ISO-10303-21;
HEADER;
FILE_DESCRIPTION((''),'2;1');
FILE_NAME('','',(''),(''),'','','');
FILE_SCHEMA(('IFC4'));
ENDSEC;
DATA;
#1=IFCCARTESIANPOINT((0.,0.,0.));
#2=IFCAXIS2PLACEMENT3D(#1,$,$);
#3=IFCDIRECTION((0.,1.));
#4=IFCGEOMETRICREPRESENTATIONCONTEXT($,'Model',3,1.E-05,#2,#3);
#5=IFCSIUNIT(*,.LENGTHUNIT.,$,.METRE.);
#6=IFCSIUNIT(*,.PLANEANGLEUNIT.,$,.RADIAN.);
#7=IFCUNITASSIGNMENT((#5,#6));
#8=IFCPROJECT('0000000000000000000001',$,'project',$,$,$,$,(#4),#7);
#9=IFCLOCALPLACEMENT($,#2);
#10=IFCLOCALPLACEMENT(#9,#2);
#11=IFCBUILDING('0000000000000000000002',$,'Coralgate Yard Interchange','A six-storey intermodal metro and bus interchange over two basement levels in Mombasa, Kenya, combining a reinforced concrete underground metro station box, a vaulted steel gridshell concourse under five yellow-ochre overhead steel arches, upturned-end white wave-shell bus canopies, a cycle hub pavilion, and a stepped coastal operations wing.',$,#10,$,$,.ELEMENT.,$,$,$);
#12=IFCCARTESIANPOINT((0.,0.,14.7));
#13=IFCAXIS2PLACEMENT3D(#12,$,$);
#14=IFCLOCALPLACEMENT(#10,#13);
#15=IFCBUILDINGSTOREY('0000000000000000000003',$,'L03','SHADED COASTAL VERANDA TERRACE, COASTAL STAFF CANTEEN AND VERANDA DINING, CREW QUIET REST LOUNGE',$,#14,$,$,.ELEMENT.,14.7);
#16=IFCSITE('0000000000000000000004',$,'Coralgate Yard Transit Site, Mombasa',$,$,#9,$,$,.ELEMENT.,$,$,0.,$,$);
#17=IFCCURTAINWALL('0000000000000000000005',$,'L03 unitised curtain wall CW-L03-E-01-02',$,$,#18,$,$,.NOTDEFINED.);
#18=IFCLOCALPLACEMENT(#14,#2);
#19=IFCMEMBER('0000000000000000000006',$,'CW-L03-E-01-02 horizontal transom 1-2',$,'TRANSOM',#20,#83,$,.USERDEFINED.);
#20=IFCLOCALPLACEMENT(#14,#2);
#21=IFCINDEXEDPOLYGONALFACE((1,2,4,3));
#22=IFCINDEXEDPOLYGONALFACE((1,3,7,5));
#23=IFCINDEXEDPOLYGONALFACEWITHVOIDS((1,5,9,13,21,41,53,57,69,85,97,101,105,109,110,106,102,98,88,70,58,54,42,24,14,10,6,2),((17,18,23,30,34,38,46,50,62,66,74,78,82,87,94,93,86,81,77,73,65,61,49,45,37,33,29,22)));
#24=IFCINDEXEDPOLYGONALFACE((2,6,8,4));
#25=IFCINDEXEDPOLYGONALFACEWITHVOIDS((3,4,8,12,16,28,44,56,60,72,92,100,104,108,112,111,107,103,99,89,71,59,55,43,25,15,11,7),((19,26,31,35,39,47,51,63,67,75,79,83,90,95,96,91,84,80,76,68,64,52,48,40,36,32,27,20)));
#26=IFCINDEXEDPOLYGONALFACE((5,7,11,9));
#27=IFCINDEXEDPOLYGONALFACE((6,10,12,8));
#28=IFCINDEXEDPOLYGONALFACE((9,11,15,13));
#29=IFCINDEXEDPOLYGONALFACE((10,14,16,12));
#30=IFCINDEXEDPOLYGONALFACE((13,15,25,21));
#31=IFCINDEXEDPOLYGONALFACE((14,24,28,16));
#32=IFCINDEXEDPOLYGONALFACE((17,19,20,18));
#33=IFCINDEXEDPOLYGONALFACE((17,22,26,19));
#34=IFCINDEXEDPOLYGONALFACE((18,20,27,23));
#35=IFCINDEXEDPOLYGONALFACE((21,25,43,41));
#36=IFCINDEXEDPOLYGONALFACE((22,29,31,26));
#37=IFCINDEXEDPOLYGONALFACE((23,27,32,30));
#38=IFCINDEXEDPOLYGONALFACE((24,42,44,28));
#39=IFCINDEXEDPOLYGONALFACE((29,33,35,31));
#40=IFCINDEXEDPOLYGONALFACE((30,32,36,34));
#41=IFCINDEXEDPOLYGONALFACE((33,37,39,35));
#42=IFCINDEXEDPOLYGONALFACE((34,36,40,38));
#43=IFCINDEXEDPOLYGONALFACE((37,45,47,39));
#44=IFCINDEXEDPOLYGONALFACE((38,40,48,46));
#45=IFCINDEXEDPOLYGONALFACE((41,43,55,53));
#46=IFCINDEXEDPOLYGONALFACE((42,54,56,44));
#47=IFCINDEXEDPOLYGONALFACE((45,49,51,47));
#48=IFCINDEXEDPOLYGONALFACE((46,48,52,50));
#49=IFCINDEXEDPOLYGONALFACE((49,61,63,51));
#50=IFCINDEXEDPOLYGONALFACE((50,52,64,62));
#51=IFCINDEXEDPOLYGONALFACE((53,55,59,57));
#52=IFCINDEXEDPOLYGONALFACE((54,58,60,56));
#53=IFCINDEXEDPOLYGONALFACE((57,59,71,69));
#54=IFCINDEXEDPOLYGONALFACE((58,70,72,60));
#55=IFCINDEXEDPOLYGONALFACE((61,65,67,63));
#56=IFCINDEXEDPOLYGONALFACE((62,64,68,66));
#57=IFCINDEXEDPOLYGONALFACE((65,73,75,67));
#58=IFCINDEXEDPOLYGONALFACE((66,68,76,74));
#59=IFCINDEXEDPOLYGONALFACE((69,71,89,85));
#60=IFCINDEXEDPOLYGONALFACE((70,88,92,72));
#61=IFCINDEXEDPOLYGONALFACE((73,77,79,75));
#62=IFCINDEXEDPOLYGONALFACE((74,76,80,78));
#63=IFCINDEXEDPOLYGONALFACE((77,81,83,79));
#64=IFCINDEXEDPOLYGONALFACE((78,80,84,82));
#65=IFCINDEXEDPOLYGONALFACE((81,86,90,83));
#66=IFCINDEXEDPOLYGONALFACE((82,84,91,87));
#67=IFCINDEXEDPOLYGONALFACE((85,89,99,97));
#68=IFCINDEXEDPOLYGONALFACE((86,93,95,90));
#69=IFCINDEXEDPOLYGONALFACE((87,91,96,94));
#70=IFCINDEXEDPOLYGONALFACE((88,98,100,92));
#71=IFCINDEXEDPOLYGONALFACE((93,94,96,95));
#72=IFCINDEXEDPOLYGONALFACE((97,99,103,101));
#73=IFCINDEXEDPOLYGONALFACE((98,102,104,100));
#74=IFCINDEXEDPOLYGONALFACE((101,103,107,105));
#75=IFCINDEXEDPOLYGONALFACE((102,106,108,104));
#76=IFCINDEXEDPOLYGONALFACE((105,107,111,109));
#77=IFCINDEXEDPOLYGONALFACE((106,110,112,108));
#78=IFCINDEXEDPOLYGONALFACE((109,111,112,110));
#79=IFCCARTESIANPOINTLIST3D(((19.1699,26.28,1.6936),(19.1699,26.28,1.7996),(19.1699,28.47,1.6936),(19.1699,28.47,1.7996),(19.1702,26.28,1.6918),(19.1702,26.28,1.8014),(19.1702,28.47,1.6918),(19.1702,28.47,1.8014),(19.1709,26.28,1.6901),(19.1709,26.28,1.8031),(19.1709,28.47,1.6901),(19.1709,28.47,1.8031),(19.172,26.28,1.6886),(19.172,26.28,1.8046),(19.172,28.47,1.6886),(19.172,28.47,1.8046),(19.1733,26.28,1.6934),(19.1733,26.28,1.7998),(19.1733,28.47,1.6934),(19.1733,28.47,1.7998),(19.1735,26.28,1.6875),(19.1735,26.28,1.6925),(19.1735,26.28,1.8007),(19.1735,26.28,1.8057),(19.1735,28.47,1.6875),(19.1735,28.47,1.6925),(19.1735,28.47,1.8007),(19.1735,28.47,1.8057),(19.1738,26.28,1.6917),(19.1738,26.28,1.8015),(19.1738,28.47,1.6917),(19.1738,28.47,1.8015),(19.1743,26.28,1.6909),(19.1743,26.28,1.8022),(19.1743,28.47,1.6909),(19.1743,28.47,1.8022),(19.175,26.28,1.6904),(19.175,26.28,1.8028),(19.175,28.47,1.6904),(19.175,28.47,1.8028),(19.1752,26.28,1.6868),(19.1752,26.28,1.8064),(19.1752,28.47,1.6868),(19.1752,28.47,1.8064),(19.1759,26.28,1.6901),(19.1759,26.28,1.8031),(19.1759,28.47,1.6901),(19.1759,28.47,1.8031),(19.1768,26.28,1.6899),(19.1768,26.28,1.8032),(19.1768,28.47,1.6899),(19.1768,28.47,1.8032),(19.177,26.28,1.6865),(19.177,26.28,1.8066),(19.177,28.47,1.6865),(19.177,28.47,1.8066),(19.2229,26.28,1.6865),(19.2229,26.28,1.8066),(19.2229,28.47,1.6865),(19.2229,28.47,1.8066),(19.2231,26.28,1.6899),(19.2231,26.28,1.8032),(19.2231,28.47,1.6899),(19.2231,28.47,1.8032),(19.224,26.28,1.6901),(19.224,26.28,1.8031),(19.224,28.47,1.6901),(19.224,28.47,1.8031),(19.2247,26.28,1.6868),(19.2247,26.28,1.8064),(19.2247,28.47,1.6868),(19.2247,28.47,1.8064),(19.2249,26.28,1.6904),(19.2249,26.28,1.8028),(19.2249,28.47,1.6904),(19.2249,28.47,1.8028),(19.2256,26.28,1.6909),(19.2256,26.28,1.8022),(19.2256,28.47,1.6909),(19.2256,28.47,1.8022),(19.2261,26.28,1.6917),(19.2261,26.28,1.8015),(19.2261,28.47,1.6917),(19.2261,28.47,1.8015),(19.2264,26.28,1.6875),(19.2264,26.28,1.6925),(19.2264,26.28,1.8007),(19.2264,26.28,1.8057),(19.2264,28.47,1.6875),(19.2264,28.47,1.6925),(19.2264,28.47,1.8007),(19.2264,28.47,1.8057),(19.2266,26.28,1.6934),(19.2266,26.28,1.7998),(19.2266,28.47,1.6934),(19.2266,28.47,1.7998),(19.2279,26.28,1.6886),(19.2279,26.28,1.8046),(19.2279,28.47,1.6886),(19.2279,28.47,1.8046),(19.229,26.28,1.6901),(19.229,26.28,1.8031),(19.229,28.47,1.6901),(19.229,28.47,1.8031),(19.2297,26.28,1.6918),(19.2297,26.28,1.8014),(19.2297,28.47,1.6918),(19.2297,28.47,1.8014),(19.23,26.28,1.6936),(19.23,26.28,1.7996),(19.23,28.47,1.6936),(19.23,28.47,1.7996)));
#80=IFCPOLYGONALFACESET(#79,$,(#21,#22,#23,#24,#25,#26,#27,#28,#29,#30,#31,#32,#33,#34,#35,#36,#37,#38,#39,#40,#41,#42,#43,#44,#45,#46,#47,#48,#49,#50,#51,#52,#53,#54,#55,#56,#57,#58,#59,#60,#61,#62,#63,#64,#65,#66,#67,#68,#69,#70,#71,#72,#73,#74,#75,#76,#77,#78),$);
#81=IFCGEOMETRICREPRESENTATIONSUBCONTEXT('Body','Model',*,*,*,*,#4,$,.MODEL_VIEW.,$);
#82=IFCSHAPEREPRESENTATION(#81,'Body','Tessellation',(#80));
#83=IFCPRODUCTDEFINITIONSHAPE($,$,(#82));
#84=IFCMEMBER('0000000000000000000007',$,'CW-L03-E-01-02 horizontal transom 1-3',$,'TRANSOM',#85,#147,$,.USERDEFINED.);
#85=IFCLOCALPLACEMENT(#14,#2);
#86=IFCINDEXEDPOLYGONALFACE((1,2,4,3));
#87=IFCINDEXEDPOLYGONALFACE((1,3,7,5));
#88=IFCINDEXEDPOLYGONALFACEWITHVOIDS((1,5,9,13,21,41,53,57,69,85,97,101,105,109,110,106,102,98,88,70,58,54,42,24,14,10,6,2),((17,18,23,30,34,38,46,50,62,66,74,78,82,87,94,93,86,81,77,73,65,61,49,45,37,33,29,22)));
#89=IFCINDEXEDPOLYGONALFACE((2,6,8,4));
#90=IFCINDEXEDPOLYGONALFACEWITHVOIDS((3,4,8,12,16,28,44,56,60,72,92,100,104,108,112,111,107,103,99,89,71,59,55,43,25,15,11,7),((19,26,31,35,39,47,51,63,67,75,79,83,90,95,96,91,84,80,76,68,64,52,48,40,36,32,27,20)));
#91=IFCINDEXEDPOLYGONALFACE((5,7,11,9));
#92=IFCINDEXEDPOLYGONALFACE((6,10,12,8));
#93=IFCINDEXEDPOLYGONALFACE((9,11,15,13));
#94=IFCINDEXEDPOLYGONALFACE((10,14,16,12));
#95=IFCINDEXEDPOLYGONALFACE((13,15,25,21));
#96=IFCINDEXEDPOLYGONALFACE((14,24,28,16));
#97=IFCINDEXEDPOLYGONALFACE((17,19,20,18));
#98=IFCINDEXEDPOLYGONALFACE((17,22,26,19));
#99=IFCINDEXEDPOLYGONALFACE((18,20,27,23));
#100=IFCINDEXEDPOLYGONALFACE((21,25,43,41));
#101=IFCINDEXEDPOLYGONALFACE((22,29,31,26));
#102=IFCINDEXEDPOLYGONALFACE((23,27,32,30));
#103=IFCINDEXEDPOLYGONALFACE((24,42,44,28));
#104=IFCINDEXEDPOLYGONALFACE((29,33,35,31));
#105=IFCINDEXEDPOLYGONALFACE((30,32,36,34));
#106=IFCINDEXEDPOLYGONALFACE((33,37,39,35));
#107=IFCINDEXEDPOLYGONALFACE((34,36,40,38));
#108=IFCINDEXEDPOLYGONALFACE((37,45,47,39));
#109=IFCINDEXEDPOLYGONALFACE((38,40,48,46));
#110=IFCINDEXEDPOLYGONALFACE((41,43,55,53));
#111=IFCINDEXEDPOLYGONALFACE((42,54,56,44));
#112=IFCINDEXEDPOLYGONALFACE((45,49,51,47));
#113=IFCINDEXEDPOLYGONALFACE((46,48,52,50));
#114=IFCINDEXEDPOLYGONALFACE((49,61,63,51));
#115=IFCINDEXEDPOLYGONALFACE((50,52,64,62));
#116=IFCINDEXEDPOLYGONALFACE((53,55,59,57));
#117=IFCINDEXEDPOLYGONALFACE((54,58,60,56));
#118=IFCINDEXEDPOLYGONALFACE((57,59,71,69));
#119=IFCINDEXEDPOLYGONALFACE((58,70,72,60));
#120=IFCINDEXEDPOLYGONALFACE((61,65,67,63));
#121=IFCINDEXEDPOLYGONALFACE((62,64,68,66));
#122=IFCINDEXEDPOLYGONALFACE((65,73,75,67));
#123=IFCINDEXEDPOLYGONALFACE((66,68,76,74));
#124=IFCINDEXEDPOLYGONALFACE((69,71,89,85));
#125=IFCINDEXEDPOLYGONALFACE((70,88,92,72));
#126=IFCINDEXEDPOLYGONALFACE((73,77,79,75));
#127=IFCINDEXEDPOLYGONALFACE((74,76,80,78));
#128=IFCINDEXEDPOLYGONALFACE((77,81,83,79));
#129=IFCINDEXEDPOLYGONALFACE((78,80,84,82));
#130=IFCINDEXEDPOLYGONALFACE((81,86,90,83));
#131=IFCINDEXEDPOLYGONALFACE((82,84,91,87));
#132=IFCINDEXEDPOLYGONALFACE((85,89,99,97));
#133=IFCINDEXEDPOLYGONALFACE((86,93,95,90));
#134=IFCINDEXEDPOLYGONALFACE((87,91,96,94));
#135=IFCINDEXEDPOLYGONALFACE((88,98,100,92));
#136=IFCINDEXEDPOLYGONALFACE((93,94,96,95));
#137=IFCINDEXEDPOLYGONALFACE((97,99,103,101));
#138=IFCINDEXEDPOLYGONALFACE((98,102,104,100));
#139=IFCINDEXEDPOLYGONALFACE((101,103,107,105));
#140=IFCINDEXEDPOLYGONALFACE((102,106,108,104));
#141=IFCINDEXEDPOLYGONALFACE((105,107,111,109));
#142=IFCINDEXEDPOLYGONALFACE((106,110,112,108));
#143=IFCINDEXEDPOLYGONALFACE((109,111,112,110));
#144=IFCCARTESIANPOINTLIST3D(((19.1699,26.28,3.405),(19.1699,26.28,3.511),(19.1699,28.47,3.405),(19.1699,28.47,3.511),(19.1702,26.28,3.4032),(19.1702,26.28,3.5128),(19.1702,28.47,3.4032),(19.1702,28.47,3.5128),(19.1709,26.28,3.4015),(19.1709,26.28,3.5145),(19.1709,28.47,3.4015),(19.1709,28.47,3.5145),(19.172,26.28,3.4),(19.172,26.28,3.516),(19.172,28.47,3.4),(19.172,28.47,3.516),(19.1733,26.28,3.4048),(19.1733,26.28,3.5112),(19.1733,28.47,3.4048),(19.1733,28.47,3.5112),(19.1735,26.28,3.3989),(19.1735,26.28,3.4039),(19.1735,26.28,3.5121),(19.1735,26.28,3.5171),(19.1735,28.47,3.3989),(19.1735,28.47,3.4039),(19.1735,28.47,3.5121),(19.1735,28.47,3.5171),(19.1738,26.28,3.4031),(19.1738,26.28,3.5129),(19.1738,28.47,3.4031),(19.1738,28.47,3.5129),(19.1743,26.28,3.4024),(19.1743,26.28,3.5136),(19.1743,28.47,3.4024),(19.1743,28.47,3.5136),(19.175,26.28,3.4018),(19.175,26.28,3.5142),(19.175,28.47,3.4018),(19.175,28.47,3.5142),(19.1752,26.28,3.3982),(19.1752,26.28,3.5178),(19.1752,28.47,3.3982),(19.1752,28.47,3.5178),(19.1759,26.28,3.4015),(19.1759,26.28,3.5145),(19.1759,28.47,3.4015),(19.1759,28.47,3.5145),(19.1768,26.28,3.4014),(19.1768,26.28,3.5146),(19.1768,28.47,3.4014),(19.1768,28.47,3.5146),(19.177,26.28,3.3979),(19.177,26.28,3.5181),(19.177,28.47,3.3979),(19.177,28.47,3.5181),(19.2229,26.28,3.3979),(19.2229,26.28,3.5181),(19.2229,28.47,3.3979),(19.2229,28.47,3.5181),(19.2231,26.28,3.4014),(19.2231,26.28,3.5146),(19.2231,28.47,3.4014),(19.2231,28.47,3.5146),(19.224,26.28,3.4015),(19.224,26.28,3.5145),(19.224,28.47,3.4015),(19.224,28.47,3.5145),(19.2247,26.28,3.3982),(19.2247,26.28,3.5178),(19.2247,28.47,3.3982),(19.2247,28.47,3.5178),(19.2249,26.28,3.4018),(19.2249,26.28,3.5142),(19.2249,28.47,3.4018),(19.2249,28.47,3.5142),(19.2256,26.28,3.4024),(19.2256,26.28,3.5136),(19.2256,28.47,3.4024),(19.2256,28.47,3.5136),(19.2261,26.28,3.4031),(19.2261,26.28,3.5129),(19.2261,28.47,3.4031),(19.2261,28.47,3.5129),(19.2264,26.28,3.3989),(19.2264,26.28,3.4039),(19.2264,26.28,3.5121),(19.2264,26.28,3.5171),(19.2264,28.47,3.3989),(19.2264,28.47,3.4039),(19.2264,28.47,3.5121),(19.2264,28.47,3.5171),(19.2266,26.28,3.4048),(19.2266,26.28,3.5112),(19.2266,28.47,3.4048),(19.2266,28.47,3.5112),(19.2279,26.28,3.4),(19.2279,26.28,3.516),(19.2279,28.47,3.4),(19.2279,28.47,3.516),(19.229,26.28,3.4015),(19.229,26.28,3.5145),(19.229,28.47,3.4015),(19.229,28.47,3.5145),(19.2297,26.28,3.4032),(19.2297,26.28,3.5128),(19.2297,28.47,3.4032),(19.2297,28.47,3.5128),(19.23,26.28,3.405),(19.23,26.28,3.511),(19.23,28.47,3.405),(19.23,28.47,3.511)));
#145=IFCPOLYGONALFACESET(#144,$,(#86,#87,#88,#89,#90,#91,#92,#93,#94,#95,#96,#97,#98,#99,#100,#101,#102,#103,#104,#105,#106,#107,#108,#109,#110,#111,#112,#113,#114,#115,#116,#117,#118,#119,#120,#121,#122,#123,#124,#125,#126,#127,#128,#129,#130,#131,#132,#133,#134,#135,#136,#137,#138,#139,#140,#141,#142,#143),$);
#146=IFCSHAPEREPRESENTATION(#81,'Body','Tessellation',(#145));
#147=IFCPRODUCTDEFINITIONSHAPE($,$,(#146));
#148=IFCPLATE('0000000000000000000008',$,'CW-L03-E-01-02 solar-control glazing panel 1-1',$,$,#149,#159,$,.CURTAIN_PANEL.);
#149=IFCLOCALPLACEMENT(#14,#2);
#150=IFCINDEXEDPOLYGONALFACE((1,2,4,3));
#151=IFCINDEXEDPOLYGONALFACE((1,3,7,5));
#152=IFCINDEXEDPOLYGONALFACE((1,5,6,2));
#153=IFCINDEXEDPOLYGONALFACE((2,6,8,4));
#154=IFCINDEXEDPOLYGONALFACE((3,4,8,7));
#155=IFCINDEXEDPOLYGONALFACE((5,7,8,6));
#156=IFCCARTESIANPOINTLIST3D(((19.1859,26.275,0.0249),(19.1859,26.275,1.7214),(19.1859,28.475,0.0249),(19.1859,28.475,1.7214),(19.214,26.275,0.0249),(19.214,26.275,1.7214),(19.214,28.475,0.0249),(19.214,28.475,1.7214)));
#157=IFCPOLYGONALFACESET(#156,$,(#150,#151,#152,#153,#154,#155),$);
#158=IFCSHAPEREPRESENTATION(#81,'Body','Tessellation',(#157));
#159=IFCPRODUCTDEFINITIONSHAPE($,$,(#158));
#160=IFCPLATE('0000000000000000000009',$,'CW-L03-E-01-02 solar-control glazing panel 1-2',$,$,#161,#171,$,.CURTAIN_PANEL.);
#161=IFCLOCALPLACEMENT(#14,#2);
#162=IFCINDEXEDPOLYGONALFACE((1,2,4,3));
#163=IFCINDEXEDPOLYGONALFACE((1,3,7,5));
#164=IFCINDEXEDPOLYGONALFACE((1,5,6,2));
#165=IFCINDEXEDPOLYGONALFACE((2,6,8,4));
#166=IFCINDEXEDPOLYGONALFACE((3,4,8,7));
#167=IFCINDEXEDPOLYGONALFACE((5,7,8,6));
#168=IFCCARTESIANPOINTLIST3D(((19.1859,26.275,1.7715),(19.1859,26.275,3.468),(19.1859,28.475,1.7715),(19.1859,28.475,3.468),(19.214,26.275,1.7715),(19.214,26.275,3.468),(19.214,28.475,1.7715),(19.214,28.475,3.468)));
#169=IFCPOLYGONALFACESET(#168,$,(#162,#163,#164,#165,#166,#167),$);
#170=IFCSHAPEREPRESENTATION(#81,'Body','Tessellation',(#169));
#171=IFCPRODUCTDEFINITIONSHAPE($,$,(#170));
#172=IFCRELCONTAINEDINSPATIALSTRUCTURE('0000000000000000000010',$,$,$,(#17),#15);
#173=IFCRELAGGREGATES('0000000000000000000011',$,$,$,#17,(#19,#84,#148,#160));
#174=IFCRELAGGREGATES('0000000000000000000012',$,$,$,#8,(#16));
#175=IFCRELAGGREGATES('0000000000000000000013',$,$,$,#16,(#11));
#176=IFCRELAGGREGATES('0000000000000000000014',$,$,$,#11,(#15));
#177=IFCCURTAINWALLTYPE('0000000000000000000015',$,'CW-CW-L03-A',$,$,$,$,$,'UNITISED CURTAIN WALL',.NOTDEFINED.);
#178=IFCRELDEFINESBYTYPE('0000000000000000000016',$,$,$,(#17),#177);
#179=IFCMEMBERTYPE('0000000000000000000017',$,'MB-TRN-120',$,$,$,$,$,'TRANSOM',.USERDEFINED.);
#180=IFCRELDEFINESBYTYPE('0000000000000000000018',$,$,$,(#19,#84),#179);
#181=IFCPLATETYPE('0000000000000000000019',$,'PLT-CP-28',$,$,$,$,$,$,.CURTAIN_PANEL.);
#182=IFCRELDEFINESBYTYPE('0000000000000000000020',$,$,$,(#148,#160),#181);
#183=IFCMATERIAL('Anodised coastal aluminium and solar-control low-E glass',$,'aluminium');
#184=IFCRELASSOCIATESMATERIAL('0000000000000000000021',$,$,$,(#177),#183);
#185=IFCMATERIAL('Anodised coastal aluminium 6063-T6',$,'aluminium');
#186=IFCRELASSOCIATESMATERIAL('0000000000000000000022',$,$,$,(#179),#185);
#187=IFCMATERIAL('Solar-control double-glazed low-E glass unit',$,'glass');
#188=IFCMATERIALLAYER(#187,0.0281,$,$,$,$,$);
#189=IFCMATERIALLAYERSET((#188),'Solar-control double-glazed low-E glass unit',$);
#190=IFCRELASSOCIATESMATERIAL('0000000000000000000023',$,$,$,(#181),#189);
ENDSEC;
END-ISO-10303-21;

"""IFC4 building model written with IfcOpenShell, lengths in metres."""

from ifc_helpers import new_model, si_unit, direction, frame, origin, origin_2d, place, context, subcontext, project, spatial, rectangle, hollow_rectangle, extrude, material, layer, layer_set, material_profile, profile_set, type_object, element, aggregate, save


model = new_model("IFC4")

# Units and contexts
model_context = context("Model", 3, precision=1e-05, world=origin(), true_north=direction((0.0, 1.0)))
body_context = subcontext(model_context, "Body", "Model", "MODEL_VIEW")
ifc_project = project(units=[si_unit("LENGTHUNIT", "METRE"), si_unit("PLANEANGLEUNIT", "RADIAN")], contexts=[model_context])

# Site, building, storey
site_placement = place(None, origin())
site = spatial("IfcSite", under=ifc_project, at=site_placement, Name="Coralgate Yard Transit Site, Mombasa", CompositionType="ELEMENT", RefElevation=0.0)
building_placement = place(site_placement, origin())
building = spatial("IfcBuilding", under=site, at=building_placement, Name="Coralgate Yard Interchange", Description="A six-storey intermodal metro and bus interchange over two basement levels in Mombasa, Kenya, combining a reinforced concrete underground metro station box, a vaulted steel gridshell concourse under five yellow-ochre overhead steel arches, upturned-end white wave-shell bus canopies, a cycle hub pavilion, and a stepped coastal operations wing.", CompositionType="ELEMENT")
storey_placement = place(building_placement, frame((0.0, 0.0, 14.7)))
storey = spatial("IfcBuildingStorey", under=building, at=storey_placement, Name="L03", Description="SHADED COASTAL VERANDA TERRACE, COASTAL STAFF CANTEEN AND VERANDA DINING, CREW QUIET REST LOUNGE", CompositionType="ELEMENT", Elevation=14.7)

# Curtain wall, members, plates
ifc_material_1 = material(Name="Anodised coastal aluminium and solar-control low-E glass", Category="aluminium")
curtain_wall_type = type_object("IfcCurtainWallType", Name="CW-CW-L03-A", ElementType="UNITISED CURTAIN WALL", PredefinedType="NOTDEFINED", material=ifc_material_1)
curtain_wall_placement = place(storey_placement, origin())
curtain_wall = element("IfcCurtainWall", 1, at=curtain_wall_placement, inside=storey, type_object=curtain_wall_type, Name="L03 unitised curtain wall CW-L03-E-01-02", PredefinedType="NOTDEFINED")
ifc_material_2 = material(Name="Anodised coastal aluminium 6063-T6", Category="aluminium")
ifc_material_profile_1 = material_profile(ifc_material_2, hollow_rectangle(XDim=0.0601, YDim=0.1201, WallThickness=0.0034, InnerFilletRadius=0.0034, OuterFilletRadius=0.0071, at=origin_2d()), Name="ALU 60x120x3.5")
ifc_profile_set_1 = profile_set([ifc_material_profile_1], Name="Anodised coastal aluminium 6063-T6")
member_type_1 = type_object("IfcMemberType", Name="MB-TRN-120", ElementType="TRANSOM", PredefinedType="USERDEFINED", material=ifc_profile_set_1)
member_1_placement = place(storey_placement, frame((19.2, 28.47, 1.7466), z_axis=(0.0, -1.0, 0.0), x_axis=(1.0, 0.0, 0.0)))
member_1 = element("IfcMember", 2, at=member_1_placement, type_object=member_type_1, Name="CW-L03-E-01-02 horizontal transom 1-2", ObjectType="TRANSOM", PredefinedType="USERDEFINED", context=body_context, shape_type="SweptSolid", body=[
    extrude(hollow_rectangle(XDim=0.0601, YDim=0.1201, WallThickness=0.0034, InnerFilletRadius=0.0034, OuterFilletRadius=0.0071, at=origin_2d()), origin(), (0.0, 0.0, 1.0), 2.1899),
])
member_2_placement = place(storey_placement, frame((19.2, 28.47, 3.458), z_axis=(0.0, -1.0, 0.0), x_axis=(1.0, 0.0, 0.0)))
member_2 = element("IfcMember", 3, at=member_2_placement, type_object=member_type_1, Name="CW-L03-E-01-02 horizontal transom 1-3", ObjectType="TRANSOM", PredefinedType="USERDEFINED", context=body_context, shape_type="SweptSolid", body=[
    extrude(hollow_rectangle(XDim=0.0601, YDim=0.1201, WallThickness=0.0034, InnerFilletRadius=0.0034, OuterFilletRadius=0.0071, at=origin_2d()), origin(), (0.0, 0.0, 1.0), 2.1899),
])
ifc_material_3 = material(Name="Solar-control double-glazed low-E glass unit", Category="glass")
ifc_layer_1 = layer(ifc_material_3, 0.0281)
ifc_layer_set_1 = layer_set([ifc_layer_1], Name="Solar-control double-glazed low-E glass unit")
plate_type = type_object("IfcPlateType", Name="PLT-CP-28", PredefinedType="CURTAIN_PANEL", material=ifc_layer_set_1)
plate_1_placement = place(storey_placement, frame((19.2, 27.375, 0.0249), z_axis=(0.0, 0.0, 1.0), x_axis=(0.0, -1.0, 0.0)))
plate_1 = element("IfcPlate", 4, at=plate_1_placement, type_object=plate_type, Name="CW-L03-E-01-02 solar-control glazing panel 1-1", PredefinedType="CURTAIN_PANEL", context=body_context, shape_type="SweptSolid", body=[
    extrude(rectangle(XDim=2.2, YDim=0.0281, at=origin_2d()), origin(), (0.0, 0.0, 1.0), 1.6965),
])
plate_2_placement = place(storey_placement, frame((19.2, 27.375, 1.7715), z_axis=(0.0, 0.0, 1.0), x_axis=(0.0, -1.0, 0.0)))
plate_2 = element("IfcPlate", 5, at=plate_2_placement, type_object=plate_type, Name="CW-L03-E-01-02 solar-control glazing panel 1-2", PredefinedType="CURTAIN_PANEL", context=body_context, shape_type="SweptSolid", body=[
    extrude(rectangle(XDim=2.2, YDim=0.0281, at=origin_2d()), origin(), (0.0, 0.0, 1.0), 1.6965),
])
aggregate(curtain_wall, [member_1, member_2, plate_1, plate_2])

save(model, "model.ifc")
